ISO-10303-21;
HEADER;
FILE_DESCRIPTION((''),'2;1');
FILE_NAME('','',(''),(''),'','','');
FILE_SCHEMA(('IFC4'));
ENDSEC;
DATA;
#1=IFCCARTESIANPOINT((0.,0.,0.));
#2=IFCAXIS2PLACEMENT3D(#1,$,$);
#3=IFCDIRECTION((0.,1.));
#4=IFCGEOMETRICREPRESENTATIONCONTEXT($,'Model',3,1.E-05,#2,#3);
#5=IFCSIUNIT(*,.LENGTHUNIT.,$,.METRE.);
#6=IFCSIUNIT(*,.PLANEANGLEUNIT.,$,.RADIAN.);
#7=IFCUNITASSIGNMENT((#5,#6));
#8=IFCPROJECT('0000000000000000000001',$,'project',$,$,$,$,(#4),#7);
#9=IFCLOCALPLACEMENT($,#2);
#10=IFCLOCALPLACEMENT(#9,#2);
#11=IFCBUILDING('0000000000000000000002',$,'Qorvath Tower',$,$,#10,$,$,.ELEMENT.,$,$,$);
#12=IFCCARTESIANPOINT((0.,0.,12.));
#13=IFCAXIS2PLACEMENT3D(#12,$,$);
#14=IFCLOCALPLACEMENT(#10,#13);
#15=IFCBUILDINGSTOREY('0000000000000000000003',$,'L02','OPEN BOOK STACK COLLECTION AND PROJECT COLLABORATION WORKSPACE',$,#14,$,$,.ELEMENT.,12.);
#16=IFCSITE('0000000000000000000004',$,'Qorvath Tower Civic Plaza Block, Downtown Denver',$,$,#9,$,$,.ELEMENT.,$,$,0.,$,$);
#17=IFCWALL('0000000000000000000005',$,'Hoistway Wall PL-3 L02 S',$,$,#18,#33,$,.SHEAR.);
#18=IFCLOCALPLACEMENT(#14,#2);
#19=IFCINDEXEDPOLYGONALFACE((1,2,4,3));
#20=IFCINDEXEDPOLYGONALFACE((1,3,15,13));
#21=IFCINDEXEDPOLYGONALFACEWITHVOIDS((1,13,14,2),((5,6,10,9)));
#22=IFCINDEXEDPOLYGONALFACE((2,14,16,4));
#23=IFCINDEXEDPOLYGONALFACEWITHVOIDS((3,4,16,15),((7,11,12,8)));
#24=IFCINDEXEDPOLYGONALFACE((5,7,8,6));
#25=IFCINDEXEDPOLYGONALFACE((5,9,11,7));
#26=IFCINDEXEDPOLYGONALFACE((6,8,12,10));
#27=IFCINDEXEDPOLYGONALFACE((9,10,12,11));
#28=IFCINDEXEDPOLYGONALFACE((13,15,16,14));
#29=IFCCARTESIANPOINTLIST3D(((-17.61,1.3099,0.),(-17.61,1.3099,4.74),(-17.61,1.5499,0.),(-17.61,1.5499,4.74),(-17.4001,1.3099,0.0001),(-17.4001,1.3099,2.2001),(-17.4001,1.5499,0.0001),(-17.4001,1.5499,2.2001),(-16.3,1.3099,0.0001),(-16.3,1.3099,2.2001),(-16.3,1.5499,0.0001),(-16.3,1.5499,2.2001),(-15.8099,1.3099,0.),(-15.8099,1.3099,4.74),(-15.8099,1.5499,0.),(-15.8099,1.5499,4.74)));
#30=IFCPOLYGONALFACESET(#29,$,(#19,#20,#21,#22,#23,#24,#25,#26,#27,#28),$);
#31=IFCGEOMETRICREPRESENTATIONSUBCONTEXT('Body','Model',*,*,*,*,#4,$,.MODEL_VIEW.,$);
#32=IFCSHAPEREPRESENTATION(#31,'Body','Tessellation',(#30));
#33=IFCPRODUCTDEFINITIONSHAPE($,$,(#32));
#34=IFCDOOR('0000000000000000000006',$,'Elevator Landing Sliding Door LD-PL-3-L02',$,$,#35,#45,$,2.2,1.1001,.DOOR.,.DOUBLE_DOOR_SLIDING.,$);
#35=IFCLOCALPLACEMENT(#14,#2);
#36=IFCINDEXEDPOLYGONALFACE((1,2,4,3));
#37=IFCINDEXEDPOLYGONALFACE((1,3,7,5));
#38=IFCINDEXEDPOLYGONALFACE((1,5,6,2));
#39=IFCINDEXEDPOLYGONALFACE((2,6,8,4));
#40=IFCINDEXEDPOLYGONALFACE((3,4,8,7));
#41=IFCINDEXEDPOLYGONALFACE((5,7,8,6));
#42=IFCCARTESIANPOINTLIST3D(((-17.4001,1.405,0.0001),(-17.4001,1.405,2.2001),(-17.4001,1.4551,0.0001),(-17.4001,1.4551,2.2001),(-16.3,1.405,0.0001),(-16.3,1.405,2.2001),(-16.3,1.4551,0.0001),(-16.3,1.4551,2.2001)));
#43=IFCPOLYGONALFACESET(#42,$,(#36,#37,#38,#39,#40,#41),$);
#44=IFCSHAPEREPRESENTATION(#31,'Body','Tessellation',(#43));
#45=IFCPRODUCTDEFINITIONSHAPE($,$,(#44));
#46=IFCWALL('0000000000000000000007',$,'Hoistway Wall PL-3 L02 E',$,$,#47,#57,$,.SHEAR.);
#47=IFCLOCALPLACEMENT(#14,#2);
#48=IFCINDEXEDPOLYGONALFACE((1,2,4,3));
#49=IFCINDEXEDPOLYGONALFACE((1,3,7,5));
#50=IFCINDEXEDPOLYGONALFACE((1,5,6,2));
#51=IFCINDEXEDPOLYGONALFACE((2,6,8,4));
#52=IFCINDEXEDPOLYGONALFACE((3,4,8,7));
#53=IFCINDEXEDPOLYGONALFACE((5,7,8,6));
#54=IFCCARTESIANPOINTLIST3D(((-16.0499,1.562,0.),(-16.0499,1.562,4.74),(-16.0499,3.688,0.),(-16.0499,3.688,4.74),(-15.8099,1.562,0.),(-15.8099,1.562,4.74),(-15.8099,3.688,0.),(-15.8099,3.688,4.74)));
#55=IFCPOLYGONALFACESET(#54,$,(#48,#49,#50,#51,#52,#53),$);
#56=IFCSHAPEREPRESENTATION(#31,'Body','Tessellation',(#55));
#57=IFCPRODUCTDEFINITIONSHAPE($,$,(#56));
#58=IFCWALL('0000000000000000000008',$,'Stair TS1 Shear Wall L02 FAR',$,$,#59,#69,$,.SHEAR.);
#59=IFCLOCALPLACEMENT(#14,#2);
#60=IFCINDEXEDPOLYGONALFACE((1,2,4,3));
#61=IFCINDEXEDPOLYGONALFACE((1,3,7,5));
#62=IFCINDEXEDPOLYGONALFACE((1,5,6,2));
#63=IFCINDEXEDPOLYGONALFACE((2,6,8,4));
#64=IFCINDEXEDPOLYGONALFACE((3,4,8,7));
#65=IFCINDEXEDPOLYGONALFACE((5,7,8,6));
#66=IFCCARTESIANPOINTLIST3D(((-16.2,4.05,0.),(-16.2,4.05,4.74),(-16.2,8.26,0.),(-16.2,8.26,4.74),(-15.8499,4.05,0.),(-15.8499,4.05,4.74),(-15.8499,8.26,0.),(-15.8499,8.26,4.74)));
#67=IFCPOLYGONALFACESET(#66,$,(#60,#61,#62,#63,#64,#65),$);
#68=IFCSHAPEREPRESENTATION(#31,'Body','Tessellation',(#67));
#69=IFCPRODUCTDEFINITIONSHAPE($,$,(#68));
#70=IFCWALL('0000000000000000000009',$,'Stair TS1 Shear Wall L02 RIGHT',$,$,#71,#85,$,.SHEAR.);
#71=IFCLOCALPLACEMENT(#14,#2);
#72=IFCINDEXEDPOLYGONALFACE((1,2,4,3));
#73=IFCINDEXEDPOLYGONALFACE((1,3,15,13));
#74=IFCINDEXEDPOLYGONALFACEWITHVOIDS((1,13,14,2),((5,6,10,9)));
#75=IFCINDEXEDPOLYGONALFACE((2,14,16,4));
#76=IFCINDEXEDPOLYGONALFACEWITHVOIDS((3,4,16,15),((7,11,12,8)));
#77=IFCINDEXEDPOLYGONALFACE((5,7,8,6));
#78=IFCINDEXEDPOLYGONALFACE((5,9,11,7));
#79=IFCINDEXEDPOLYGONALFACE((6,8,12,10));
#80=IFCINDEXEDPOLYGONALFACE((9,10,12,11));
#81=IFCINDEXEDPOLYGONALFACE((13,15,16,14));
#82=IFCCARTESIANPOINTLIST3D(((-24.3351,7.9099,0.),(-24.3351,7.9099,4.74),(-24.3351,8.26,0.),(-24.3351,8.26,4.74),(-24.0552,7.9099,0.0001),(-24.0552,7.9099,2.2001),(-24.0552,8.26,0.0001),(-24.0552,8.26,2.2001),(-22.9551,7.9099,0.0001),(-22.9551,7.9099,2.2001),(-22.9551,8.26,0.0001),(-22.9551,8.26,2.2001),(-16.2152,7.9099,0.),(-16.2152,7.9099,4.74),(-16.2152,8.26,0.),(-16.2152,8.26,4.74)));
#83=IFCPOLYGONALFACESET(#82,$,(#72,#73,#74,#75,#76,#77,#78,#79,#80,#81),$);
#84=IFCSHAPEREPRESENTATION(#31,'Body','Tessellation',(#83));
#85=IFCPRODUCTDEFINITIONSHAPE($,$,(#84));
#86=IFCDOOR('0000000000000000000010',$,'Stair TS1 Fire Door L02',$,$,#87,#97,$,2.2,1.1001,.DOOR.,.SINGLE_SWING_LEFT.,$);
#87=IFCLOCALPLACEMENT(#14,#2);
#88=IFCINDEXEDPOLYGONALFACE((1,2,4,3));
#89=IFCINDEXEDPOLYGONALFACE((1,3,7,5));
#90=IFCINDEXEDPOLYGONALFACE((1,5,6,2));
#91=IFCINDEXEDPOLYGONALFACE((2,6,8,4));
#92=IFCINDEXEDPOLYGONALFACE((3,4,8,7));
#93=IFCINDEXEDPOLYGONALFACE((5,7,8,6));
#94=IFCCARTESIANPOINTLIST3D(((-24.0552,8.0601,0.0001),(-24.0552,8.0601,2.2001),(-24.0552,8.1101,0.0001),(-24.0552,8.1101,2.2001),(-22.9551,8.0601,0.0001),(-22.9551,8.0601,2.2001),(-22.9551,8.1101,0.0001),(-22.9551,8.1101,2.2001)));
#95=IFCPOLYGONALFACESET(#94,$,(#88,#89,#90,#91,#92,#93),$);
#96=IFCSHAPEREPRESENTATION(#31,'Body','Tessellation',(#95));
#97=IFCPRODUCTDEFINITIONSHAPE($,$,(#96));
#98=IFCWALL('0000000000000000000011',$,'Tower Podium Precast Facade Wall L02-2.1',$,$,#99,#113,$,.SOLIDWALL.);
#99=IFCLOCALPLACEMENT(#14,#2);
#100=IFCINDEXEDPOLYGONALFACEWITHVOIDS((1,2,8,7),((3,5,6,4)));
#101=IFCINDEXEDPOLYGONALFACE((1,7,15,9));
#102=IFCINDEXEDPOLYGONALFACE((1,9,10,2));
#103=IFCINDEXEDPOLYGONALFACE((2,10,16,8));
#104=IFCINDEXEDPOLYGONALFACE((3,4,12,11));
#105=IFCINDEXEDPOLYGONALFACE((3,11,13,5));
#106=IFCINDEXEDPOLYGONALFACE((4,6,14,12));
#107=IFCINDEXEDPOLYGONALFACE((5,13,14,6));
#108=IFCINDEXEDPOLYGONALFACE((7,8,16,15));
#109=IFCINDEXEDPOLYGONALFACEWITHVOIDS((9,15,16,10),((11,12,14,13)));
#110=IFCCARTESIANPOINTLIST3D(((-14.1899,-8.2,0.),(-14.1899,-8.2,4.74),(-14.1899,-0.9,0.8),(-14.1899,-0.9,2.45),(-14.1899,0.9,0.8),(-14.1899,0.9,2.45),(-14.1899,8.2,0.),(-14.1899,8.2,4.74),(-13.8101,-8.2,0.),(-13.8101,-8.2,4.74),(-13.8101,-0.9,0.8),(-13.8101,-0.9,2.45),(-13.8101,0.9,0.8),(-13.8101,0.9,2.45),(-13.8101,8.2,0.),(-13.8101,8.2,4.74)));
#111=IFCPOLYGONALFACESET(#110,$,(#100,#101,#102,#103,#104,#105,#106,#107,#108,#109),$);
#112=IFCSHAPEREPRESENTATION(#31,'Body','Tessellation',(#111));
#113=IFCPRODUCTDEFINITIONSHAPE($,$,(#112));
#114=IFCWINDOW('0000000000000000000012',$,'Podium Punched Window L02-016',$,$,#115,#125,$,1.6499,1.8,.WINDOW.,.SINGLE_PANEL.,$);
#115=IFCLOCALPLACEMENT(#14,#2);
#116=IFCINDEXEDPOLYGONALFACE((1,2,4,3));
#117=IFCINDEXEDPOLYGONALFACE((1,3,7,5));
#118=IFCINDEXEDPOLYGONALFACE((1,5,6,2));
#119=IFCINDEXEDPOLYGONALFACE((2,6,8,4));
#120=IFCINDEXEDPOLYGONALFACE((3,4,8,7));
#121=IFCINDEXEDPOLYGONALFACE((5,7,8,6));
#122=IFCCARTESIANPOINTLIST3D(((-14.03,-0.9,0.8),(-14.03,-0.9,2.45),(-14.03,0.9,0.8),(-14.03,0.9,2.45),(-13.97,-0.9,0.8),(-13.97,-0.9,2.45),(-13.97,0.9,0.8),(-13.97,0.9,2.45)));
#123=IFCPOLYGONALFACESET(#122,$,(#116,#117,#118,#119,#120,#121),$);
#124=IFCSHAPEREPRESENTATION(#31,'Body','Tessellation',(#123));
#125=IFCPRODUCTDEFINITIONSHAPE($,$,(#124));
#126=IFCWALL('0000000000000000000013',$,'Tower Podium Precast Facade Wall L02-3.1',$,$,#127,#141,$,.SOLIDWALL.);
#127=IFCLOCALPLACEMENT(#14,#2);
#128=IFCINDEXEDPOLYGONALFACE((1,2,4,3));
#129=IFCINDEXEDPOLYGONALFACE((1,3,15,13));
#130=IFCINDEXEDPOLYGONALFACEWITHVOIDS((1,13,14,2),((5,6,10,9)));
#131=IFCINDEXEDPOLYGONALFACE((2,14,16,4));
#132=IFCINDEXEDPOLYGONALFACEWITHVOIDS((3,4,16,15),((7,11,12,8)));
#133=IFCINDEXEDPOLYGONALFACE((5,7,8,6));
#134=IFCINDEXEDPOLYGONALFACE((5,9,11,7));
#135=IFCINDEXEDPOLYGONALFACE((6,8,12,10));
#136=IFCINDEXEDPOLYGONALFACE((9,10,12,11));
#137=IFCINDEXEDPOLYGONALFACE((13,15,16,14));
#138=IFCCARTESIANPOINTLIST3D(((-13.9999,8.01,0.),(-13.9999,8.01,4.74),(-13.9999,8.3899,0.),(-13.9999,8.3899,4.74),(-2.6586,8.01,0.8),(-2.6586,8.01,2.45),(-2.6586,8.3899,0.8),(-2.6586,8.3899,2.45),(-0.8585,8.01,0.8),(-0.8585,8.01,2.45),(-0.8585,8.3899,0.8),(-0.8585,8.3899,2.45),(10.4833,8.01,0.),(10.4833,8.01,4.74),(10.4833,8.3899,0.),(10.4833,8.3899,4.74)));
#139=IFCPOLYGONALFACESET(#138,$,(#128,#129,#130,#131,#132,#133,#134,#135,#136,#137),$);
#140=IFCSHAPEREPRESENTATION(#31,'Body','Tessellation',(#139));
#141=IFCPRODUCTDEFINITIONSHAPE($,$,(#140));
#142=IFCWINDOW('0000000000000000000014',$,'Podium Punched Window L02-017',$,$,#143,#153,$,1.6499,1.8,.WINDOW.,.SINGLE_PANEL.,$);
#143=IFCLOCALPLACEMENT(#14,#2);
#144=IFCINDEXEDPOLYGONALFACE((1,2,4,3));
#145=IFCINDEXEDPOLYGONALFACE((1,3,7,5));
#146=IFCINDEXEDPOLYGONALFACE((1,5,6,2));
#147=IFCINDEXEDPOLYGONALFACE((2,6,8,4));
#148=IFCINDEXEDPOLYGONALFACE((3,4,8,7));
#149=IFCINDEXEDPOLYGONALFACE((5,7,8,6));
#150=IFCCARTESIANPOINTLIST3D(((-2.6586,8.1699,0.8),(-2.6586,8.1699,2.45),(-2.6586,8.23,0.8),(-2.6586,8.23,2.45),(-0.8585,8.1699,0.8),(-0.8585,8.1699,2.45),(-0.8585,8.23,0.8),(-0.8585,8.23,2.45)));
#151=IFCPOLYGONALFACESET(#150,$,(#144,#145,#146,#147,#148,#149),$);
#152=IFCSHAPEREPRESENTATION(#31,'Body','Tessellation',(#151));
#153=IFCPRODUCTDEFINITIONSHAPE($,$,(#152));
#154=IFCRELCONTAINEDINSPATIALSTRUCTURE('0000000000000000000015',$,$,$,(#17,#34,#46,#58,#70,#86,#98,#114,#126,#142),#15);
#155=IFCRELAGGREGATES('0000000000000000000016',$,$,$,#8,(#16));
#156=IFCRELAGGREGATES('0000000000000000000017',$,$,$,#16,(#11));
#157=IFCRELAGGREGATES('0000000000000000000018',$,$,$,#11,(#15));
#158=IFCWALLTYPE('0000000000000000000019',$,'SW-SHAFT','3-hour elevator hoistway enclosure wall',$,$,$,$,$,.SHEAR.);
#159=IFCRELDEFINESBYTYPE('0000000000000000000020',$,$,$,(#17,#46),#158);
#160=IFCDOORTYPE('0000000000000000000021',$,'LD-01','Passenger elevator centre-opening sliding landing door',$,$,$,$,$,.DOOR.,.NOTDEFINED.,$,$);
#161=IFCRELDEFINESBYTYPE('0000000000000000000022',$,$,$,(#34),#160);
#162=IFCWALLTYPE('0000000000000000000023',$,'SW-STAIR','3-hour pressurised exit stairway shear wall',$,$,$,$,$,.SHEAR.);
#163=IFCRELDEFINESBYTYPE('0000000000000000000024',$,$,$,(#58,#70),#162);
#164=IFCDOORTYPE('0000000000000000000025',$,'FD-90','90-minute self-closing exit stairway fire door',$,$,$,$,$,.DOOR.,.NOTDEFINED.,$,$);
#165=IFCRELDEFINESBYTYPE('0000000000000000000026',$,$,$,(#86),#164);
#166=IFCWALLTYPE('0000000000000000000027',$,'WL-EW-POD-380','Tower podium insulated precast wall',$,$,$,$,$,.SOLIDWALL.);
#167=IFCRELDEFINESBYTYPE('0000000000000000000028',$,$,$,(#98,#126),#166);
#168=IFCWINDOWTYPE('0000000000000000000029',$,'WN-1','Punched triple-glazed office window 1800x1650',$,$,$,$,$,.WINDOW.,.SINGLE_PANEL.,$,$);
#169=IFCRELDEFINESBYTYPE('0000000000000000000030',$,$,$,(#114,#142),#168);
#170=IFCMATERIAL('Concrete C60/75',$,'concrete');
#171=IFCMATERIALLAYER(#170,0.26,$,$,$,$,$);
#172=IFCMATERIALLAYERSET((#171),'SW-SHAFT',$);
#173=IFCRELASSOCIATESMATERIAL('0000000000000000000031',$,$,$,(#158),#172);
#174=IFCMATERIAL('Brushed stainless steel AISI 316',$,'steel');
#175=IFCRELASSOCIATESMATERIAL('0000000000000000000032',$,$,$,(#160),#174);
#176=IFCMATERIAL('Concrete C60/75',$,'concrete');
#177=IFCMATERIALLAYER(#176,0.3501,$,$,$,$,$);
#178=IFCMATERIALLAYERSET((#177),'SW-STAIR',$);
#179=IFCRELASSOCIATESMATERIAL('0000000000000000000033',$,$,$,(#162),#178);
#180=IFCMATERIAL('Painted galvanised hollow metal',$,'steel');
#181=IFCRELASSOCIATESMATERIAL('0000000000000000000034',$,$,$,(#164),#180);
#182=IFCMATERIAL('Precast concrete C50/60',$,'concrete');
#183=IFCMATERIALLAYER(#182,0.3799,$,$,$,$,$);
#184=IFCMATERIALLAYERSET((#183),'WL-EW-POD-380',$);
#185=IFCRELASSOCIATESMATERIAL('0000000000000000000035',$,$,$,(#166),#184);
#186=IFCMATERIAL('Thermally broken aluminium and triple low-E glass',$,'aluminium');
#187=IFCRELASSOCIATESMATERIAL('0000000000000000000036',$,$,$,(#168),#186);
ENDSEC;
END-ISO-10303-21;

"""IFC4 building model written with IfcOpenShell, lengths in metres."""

from ifc_helpers import new_model, si_unit, direction, frame, frame_2d, origin, place, context, subcontext, project, spatial, rectangle, extrude, material, layer, layer_set, type_object, element, fill, save


model = new_model("IFC4")

# Units and contexts
model_context = context("Model", 3, precision=1e-05, world=origin(), true_north=direction((0.0, 1.0)))
body_context = subcontext(model_context, "Body", "Model", "MODEL_VIEW")
ifc_project = project(units=[si_unit("LENGTHUNIT", "METRE"), si_unit("PLANEANGLEUNIT", "RADIAN")], contexts=[model_context])

# Site, building, storey
site_placement = place(None, origin())
site = spatial("IfcSite", under=ifc_project, at=site_placement, Name="Qorvath Tower Civic Plaza Block, Downtown Denver", CompositionType="ELEMENT", RefElevation=0.0)
building_placement = place(site_placement, origin())
building = spatial("IfcBuilding", under=site, at=building_placement, Name="Qorvath Tower", CompositionType="ELEMENT")
storey_placement = place(building_placement, frame((0.0, 0.0, 12.0)))
storey = spatial("IfcBuildingStorey", under=building, at=storey_placement, Name="L02", Description="OPEN BOOK STACK COLLECTION AND PROJECT COLLABORATION WORKSPACE", CompositionType="ELEMENT", Elevation=12.0)

# Wall, opening, door
ifc_material_1 = material(Name="Concrete C60/75", Category="concrete")
ifc_layer_1 = layer(ifc_material_1, 0.26)
ifc_layer_set_1 = layer_set([ifc_layer_1], Name="SW-SHAFT")
wall_type_1 = type_object("IfcWallType", Name="SW-SHAFT", Description="3-hour elevator hoistway enclosure wall", PredefinedType="SHEAR", material=ifc_layer_set_1)
wall_1_placement = place(storey_placement, frame((-15.8101, 1.4299, 0.0), z_axis=(0.0, 0.0, 1.0), x_axis=(-1.0, 0.0, 0.0)))
wall_1 = element("IfcWall", 1, at=wall_1_placement, inside=storey, type_object=wall_type_1, Name="Hoistway Wall PL-3 L02 S", PredefinedType="SHEAR", context=body_context, shape_type="SweptSolid", body=[
    extrude(rectangle(XDim=1.8, YDim=0.24, at=frame_2d((0.8999, 0.0))), origin(), (0.0, 0.0, 1.0), 4.74),
])
opening_1_placement = place(wall_1_placement, frame((0.49, 0.0, 0.0)))
opening_1 = element("IfcOpeningElement", 2, at=opening_1_placement, cuts=wall_1, PredefinedType="OPENING", context=body_context, shape_type="SweptSolid", body=[
    extrude(rectangle(XDim=1.1001, YDim=2.2, at=frame_2d((0.55, 1.1001))), frame((0.0, 0.1299, 0.0), z_axis=(0.0, -1.0, 0.0), x_axis=(1.0, 0.0, 0.0)), (0.0, 0.0, 1.0), 0.26),
])
ifc_material_2 = material(Name="Brushed stainless steel AISI 316", Category="steel")
door_type_1 = type_object("IfcDoorType", Name="LD-01", Description="Passenger elevator centre-opening sliding landing door", OperationType="NOTDEFINED", PredefinedType="DOOR", material=ifc_material_2)
door_1_placement = place(opening_1_placement, origin())
door_1 = element("IfcDoor", 3, at=door_1_placement, inside=storey, type_object=door_type_1, Name="Elevator Landing Sliding Door LD-PL-3-L02", OperationType="DOUBLE_DOOR_SLIDING", OverallHeight=2.2, OverallWidth=1.1001, PredefinedType="DOOR", context=body_context, shape_type="SweptSolid", body=[
    extrude(rectangle(XDim=1.1001, YDim=2.2, at=frame_2d((0.55, 1.1001))), frame((0.0, 0.0249, 0.0), z_axis=(0.0, -1.0, 0.0), x_axis=(1.0, 0.0, 0.0)), (0.0, 0.0, 1.0), 0.05),
])
fill(opening_1, door_1)

# Walls
wall_2_placement = place(storey_placement, frame((-15.9299, 3.688, 0.0), z_axis=(0.0, 0.0, 1.0), x_axis=(0.0, -1.0, 0.0)))
element("IfcWall", 4, at=wall_2_placement, inside=storey, type_object=wall_type_1, Name="Hoistway Wall PL-3 L02 E", PredefinedType="SHEAR", context=body_context, shape_type="SweptSolid", body=[
    extrude(rectangle(XDim=2.126, YDim=0.24, at=frame_2d((1.063, 0.0))), origin(), (0.0, 0.0, 1.0), 4.74),
])
ifc_material_3 = material(Name="Concrete C60/75", Category="concrete")
ifc_layer_2 = layer(ifc_material_3, 0.3501)
ifc_layer_set_2 = layer_set([ifc_layer_2], Name="SW-STAIR")
wall_type_2 = type_object("IfcWallType", Name="SW-STAIR", Description="3-hour pressurised exit stairway shear wall", PredefinedType="SHEAR", material=ifc_layer_set_2)
wall_3_placement = place(storey_placement, frame((-16.0249, 4.05, 0.0), z_axis=(0.0, 0.0, 1.0), x_axis=(0.0, 1.0, 0.0)))
element("IfcWall", 5, at=wall_3_placement, inside=storey, type_object=wall_type_2, Name="Stair TS1 Shear Wall L02 FAR", PredefinedType="SHEAR", context=body_context, shape_type="SweptSolid", body=[
    extrude(rectangle(XDim=4.21, YDim=0.3501, at=frame_2d((2.105, 0.0))), origin(), (0.0, 0.0, 1.0), 4.74),
])

# Wall, opening, door
wall_4_placement = place(storey_placement, frame((-16.2151, 8.085, 0.0), z_axis=(0.0, 0.0, 1.0), x_axis=(-1.0, 0.0, 0.0)))
wall_4 = element("IfcWall", 6, at=wall_4_placement, inside=storey, type_object=wall_type_2, Name="Stair TS1 Shear Wall L02 RIGHT", PredefinedType="SHEAR", context=body_context, shape_type="SweptSolid", body=[
    extrude(rectangle(XDim=8.1199, YDim=0.3501, at=frame_2d((4.0601, 0.0))), origin(), (0.0, 0.0, 1.0), 4.74),
])
opening_2_placement = place(wall_4_placement, frame((6.74, 0.0, 0.0)))
opening_2 = element("IfcOpeningElement", 7, at=opening_2_placement, cuts=wall_4, PredefinedType="OPENING", context=body_context, shape_type="SweptSolid", body=[
    extrude(rectangle(XDim=1.1001, YDim=2.2, at=frame_2d((0.55, 1.1001))), frame((0.0, 0.1851, 0.0), z_axis=(0.0, -1.0, 0.0), x_axis=(1.0, 0.0, 0.0)), (0.0, 0.0, 1.0), 0.3701),
])
ifc_material_4 = material(Name="Painted galvanised hollow metal", Category="steel")
door_type_2 = type_object("IfcDoorType", Name="FD-90", Description="90-minute self-closing exit stairway fire door", OperationType="NOTDEFINED", PredefinedType="DOOR", material=ifc_material_4)
door_2_placement = place(opening_2_placement, origin())
door_2 = element("IfcDoor", 8, at=door_2_placement, inside=storey, type_object=door_type_2, Name="Stair TS1 Fire Door L02", OperationType="SINGLE_SWING_LEFT", OverallHeight=2.2, OverallWidth=1.1001, PredefinedType="DOOR", context=body_context, shape_type="SweptSolid", body=[
    extrude(rectangle(XDim=1.1001, YDim=2.2, at=frame_2d((0.55, 1.1001))), frame((0.0, 0.0249, 0.0), z_axis=(0.0, -1.0, 0.0), x_axis=(1.0, 0.0, 0.0)), (0.0, 0.0, 1.0), 0.05),
])
fill(opening_2, door_2)

# Walls, openings, windows
ifc_material_5 = material(Name="Precast concrete C50/60", Category="concrete")
ifc_layer_3 = layer(ifc_material_5, 0.3799)
ifc_layer_set_3 = layer_set([ifc_layer_3], Name="WL-EW-POD-380")
wall_type_3 = type_object("IfcWallType", Name="WL-EW-POD-380", Description="Tower podium insulated precast wall", PredefinedType="SOLIDWALL", material=ifc_layer_set_3)
wall_5_placement = place(storey_placement, frame((-14.0, 8.2, 0.0), z_axis=(0.0, 0.0, 1.0), x_axis=(0.0, -1.0, 0.0)))
wall_5 = element("IfcWall", 9, at=wall_5_placement, inside=storey, type_object=wall_type_3, Name="Tower Podium Precast Facade Wall L02-2.1", PredefinedType="SOLIDWALL", context=body_context, shape_type="SweptSolid", body=[
    extrude(rectangle(XDim=16.3999, YDim=0.3799, at=frame_2d((8.2, 0.0))), origin(), (0.0, 0.0, 1.0), 4.74),
])
opening_3_placement = place(wall_5_placement, frame((7.3, 0.0, 0.8)))
opening_3 = element("IfcOpeningElement", 10, at=opening_3_placement, cuts=wall_5, PredefinedType="OPENING", context=body_context, shape_type="SweptSolid", body=[
    extrude(rectangle(XDim=1.8, YDim=1.6499, at=frame_2d((0.8999, 0.825))), frame((0.0, 0.2, 0.0), z_axis=(0.0, -1.0, 0.0), x_axis=(1.0, 0.0, 0.0)), (0.0, 0.0, 1.0), 0.3999),
])
ifc_material_6 = material(Name="Thermally broken aluminium and triple low-E glass", Category="aluminium")
window_type = type_object("IfcWindowType", Name="WN-1", Description="Punched triple-glazed office window 1800x1650", PartitioningType="SINGLE_PANEL", PredefinedType="WINDOW", material=ifc_material_6)
window_1_placement = place(opening_3_placement, origin())
window_1 = element("IfcWindow", 11, at=window_1_placement, inside=storey, type_object=window_type, Name="Podium Punched Window L02-016", OverallHeight=1.6499, OverallWidth=1.8, PartitioningType="SINGLE_PANEL", PredefinedType="WINDOW", context=body_context, shape_type="SweptSolid", body=[
    extrude(rectangle(XDim=1.8, YDim=1.6499, at=frame_2d((0.8999, 0.825))), frame((0.0, 0.03, 0.0), z_axis=(0.0, -1.0, 0.0), x_axis=(1.0, 0.0, 0.0)), (0.0, 0.0, 1.0), 0.0601),
])
fill(opening_3, window_1)
wall_6_placement = place(storey_placement, frame((-14.0, 8.2, 0.0), z_axis=(0.0, 0.0, 1.0), x_axis=(1.0, 0.0, 0.0)))
wall_6 = element("IfcWall", 12, at=wall_6_placement, inside=storey, type_object=wall_type_3, Name="Tower Podium Precast Facade Wall L02-3.1", PredefinedType="SOLIDWALL", context=body_context, shape_type="SweptSolid", body=[
    extrude(rectangle(XDim=24.4832, YDim=0.3799, at=frame_2d((12.2417, 0.0))), origin(), (0.0, 0.0, 1.0), 4.74),
])
opening_4_placement = place(wall_6_placement, frame((11.3416, 0.0, 0.8)))
opening_4 = element("IfcOpeningElement", 13, at=opening_4_placement, cuts=wall_6, PredefinedType="OPENING", context=body_context, shape_type="SweptSolid", body=[
    extrude(rectangle(XDim=1.8, YDim=1.6499, at=frame_2d((0.8999, 0.825))), frame((0.0, 0.2, 0.0), z_axis=(0.0, -1.0, 0.0), x_axis=(1.0, 0.0, 0.0)), (0.0, 0.0, 1.0), 0.3999),
])
window_2_placement = place(opening_4_placement, origin())
window_2 = element("IfcWindow", 14, at=window_2_placement, inside=storey, type_object=window_type, Name="Podium Punched Window L02-017", OverallHeight=1.6499, OverallWidth=1.8, PartitioningType="SINGLE_PANEL", PredefinedType="WINDOW", context=body_context, shape_type="SweptSolid", body=[
    extrude(rectangle(XDim=1.8, YDim=1.6499, at=frame_2d((0.8999, 0.825))), frame((0.0, 0.03, 0.0), z_axis=(0.0, -1.0, 0.0), x_axis=(1.0, 0.0, 0.0)), (0.0, 0.0, 1.0), 0.0601),
])
fill(opening_4, window_2)

save(model, "model.ifc")
